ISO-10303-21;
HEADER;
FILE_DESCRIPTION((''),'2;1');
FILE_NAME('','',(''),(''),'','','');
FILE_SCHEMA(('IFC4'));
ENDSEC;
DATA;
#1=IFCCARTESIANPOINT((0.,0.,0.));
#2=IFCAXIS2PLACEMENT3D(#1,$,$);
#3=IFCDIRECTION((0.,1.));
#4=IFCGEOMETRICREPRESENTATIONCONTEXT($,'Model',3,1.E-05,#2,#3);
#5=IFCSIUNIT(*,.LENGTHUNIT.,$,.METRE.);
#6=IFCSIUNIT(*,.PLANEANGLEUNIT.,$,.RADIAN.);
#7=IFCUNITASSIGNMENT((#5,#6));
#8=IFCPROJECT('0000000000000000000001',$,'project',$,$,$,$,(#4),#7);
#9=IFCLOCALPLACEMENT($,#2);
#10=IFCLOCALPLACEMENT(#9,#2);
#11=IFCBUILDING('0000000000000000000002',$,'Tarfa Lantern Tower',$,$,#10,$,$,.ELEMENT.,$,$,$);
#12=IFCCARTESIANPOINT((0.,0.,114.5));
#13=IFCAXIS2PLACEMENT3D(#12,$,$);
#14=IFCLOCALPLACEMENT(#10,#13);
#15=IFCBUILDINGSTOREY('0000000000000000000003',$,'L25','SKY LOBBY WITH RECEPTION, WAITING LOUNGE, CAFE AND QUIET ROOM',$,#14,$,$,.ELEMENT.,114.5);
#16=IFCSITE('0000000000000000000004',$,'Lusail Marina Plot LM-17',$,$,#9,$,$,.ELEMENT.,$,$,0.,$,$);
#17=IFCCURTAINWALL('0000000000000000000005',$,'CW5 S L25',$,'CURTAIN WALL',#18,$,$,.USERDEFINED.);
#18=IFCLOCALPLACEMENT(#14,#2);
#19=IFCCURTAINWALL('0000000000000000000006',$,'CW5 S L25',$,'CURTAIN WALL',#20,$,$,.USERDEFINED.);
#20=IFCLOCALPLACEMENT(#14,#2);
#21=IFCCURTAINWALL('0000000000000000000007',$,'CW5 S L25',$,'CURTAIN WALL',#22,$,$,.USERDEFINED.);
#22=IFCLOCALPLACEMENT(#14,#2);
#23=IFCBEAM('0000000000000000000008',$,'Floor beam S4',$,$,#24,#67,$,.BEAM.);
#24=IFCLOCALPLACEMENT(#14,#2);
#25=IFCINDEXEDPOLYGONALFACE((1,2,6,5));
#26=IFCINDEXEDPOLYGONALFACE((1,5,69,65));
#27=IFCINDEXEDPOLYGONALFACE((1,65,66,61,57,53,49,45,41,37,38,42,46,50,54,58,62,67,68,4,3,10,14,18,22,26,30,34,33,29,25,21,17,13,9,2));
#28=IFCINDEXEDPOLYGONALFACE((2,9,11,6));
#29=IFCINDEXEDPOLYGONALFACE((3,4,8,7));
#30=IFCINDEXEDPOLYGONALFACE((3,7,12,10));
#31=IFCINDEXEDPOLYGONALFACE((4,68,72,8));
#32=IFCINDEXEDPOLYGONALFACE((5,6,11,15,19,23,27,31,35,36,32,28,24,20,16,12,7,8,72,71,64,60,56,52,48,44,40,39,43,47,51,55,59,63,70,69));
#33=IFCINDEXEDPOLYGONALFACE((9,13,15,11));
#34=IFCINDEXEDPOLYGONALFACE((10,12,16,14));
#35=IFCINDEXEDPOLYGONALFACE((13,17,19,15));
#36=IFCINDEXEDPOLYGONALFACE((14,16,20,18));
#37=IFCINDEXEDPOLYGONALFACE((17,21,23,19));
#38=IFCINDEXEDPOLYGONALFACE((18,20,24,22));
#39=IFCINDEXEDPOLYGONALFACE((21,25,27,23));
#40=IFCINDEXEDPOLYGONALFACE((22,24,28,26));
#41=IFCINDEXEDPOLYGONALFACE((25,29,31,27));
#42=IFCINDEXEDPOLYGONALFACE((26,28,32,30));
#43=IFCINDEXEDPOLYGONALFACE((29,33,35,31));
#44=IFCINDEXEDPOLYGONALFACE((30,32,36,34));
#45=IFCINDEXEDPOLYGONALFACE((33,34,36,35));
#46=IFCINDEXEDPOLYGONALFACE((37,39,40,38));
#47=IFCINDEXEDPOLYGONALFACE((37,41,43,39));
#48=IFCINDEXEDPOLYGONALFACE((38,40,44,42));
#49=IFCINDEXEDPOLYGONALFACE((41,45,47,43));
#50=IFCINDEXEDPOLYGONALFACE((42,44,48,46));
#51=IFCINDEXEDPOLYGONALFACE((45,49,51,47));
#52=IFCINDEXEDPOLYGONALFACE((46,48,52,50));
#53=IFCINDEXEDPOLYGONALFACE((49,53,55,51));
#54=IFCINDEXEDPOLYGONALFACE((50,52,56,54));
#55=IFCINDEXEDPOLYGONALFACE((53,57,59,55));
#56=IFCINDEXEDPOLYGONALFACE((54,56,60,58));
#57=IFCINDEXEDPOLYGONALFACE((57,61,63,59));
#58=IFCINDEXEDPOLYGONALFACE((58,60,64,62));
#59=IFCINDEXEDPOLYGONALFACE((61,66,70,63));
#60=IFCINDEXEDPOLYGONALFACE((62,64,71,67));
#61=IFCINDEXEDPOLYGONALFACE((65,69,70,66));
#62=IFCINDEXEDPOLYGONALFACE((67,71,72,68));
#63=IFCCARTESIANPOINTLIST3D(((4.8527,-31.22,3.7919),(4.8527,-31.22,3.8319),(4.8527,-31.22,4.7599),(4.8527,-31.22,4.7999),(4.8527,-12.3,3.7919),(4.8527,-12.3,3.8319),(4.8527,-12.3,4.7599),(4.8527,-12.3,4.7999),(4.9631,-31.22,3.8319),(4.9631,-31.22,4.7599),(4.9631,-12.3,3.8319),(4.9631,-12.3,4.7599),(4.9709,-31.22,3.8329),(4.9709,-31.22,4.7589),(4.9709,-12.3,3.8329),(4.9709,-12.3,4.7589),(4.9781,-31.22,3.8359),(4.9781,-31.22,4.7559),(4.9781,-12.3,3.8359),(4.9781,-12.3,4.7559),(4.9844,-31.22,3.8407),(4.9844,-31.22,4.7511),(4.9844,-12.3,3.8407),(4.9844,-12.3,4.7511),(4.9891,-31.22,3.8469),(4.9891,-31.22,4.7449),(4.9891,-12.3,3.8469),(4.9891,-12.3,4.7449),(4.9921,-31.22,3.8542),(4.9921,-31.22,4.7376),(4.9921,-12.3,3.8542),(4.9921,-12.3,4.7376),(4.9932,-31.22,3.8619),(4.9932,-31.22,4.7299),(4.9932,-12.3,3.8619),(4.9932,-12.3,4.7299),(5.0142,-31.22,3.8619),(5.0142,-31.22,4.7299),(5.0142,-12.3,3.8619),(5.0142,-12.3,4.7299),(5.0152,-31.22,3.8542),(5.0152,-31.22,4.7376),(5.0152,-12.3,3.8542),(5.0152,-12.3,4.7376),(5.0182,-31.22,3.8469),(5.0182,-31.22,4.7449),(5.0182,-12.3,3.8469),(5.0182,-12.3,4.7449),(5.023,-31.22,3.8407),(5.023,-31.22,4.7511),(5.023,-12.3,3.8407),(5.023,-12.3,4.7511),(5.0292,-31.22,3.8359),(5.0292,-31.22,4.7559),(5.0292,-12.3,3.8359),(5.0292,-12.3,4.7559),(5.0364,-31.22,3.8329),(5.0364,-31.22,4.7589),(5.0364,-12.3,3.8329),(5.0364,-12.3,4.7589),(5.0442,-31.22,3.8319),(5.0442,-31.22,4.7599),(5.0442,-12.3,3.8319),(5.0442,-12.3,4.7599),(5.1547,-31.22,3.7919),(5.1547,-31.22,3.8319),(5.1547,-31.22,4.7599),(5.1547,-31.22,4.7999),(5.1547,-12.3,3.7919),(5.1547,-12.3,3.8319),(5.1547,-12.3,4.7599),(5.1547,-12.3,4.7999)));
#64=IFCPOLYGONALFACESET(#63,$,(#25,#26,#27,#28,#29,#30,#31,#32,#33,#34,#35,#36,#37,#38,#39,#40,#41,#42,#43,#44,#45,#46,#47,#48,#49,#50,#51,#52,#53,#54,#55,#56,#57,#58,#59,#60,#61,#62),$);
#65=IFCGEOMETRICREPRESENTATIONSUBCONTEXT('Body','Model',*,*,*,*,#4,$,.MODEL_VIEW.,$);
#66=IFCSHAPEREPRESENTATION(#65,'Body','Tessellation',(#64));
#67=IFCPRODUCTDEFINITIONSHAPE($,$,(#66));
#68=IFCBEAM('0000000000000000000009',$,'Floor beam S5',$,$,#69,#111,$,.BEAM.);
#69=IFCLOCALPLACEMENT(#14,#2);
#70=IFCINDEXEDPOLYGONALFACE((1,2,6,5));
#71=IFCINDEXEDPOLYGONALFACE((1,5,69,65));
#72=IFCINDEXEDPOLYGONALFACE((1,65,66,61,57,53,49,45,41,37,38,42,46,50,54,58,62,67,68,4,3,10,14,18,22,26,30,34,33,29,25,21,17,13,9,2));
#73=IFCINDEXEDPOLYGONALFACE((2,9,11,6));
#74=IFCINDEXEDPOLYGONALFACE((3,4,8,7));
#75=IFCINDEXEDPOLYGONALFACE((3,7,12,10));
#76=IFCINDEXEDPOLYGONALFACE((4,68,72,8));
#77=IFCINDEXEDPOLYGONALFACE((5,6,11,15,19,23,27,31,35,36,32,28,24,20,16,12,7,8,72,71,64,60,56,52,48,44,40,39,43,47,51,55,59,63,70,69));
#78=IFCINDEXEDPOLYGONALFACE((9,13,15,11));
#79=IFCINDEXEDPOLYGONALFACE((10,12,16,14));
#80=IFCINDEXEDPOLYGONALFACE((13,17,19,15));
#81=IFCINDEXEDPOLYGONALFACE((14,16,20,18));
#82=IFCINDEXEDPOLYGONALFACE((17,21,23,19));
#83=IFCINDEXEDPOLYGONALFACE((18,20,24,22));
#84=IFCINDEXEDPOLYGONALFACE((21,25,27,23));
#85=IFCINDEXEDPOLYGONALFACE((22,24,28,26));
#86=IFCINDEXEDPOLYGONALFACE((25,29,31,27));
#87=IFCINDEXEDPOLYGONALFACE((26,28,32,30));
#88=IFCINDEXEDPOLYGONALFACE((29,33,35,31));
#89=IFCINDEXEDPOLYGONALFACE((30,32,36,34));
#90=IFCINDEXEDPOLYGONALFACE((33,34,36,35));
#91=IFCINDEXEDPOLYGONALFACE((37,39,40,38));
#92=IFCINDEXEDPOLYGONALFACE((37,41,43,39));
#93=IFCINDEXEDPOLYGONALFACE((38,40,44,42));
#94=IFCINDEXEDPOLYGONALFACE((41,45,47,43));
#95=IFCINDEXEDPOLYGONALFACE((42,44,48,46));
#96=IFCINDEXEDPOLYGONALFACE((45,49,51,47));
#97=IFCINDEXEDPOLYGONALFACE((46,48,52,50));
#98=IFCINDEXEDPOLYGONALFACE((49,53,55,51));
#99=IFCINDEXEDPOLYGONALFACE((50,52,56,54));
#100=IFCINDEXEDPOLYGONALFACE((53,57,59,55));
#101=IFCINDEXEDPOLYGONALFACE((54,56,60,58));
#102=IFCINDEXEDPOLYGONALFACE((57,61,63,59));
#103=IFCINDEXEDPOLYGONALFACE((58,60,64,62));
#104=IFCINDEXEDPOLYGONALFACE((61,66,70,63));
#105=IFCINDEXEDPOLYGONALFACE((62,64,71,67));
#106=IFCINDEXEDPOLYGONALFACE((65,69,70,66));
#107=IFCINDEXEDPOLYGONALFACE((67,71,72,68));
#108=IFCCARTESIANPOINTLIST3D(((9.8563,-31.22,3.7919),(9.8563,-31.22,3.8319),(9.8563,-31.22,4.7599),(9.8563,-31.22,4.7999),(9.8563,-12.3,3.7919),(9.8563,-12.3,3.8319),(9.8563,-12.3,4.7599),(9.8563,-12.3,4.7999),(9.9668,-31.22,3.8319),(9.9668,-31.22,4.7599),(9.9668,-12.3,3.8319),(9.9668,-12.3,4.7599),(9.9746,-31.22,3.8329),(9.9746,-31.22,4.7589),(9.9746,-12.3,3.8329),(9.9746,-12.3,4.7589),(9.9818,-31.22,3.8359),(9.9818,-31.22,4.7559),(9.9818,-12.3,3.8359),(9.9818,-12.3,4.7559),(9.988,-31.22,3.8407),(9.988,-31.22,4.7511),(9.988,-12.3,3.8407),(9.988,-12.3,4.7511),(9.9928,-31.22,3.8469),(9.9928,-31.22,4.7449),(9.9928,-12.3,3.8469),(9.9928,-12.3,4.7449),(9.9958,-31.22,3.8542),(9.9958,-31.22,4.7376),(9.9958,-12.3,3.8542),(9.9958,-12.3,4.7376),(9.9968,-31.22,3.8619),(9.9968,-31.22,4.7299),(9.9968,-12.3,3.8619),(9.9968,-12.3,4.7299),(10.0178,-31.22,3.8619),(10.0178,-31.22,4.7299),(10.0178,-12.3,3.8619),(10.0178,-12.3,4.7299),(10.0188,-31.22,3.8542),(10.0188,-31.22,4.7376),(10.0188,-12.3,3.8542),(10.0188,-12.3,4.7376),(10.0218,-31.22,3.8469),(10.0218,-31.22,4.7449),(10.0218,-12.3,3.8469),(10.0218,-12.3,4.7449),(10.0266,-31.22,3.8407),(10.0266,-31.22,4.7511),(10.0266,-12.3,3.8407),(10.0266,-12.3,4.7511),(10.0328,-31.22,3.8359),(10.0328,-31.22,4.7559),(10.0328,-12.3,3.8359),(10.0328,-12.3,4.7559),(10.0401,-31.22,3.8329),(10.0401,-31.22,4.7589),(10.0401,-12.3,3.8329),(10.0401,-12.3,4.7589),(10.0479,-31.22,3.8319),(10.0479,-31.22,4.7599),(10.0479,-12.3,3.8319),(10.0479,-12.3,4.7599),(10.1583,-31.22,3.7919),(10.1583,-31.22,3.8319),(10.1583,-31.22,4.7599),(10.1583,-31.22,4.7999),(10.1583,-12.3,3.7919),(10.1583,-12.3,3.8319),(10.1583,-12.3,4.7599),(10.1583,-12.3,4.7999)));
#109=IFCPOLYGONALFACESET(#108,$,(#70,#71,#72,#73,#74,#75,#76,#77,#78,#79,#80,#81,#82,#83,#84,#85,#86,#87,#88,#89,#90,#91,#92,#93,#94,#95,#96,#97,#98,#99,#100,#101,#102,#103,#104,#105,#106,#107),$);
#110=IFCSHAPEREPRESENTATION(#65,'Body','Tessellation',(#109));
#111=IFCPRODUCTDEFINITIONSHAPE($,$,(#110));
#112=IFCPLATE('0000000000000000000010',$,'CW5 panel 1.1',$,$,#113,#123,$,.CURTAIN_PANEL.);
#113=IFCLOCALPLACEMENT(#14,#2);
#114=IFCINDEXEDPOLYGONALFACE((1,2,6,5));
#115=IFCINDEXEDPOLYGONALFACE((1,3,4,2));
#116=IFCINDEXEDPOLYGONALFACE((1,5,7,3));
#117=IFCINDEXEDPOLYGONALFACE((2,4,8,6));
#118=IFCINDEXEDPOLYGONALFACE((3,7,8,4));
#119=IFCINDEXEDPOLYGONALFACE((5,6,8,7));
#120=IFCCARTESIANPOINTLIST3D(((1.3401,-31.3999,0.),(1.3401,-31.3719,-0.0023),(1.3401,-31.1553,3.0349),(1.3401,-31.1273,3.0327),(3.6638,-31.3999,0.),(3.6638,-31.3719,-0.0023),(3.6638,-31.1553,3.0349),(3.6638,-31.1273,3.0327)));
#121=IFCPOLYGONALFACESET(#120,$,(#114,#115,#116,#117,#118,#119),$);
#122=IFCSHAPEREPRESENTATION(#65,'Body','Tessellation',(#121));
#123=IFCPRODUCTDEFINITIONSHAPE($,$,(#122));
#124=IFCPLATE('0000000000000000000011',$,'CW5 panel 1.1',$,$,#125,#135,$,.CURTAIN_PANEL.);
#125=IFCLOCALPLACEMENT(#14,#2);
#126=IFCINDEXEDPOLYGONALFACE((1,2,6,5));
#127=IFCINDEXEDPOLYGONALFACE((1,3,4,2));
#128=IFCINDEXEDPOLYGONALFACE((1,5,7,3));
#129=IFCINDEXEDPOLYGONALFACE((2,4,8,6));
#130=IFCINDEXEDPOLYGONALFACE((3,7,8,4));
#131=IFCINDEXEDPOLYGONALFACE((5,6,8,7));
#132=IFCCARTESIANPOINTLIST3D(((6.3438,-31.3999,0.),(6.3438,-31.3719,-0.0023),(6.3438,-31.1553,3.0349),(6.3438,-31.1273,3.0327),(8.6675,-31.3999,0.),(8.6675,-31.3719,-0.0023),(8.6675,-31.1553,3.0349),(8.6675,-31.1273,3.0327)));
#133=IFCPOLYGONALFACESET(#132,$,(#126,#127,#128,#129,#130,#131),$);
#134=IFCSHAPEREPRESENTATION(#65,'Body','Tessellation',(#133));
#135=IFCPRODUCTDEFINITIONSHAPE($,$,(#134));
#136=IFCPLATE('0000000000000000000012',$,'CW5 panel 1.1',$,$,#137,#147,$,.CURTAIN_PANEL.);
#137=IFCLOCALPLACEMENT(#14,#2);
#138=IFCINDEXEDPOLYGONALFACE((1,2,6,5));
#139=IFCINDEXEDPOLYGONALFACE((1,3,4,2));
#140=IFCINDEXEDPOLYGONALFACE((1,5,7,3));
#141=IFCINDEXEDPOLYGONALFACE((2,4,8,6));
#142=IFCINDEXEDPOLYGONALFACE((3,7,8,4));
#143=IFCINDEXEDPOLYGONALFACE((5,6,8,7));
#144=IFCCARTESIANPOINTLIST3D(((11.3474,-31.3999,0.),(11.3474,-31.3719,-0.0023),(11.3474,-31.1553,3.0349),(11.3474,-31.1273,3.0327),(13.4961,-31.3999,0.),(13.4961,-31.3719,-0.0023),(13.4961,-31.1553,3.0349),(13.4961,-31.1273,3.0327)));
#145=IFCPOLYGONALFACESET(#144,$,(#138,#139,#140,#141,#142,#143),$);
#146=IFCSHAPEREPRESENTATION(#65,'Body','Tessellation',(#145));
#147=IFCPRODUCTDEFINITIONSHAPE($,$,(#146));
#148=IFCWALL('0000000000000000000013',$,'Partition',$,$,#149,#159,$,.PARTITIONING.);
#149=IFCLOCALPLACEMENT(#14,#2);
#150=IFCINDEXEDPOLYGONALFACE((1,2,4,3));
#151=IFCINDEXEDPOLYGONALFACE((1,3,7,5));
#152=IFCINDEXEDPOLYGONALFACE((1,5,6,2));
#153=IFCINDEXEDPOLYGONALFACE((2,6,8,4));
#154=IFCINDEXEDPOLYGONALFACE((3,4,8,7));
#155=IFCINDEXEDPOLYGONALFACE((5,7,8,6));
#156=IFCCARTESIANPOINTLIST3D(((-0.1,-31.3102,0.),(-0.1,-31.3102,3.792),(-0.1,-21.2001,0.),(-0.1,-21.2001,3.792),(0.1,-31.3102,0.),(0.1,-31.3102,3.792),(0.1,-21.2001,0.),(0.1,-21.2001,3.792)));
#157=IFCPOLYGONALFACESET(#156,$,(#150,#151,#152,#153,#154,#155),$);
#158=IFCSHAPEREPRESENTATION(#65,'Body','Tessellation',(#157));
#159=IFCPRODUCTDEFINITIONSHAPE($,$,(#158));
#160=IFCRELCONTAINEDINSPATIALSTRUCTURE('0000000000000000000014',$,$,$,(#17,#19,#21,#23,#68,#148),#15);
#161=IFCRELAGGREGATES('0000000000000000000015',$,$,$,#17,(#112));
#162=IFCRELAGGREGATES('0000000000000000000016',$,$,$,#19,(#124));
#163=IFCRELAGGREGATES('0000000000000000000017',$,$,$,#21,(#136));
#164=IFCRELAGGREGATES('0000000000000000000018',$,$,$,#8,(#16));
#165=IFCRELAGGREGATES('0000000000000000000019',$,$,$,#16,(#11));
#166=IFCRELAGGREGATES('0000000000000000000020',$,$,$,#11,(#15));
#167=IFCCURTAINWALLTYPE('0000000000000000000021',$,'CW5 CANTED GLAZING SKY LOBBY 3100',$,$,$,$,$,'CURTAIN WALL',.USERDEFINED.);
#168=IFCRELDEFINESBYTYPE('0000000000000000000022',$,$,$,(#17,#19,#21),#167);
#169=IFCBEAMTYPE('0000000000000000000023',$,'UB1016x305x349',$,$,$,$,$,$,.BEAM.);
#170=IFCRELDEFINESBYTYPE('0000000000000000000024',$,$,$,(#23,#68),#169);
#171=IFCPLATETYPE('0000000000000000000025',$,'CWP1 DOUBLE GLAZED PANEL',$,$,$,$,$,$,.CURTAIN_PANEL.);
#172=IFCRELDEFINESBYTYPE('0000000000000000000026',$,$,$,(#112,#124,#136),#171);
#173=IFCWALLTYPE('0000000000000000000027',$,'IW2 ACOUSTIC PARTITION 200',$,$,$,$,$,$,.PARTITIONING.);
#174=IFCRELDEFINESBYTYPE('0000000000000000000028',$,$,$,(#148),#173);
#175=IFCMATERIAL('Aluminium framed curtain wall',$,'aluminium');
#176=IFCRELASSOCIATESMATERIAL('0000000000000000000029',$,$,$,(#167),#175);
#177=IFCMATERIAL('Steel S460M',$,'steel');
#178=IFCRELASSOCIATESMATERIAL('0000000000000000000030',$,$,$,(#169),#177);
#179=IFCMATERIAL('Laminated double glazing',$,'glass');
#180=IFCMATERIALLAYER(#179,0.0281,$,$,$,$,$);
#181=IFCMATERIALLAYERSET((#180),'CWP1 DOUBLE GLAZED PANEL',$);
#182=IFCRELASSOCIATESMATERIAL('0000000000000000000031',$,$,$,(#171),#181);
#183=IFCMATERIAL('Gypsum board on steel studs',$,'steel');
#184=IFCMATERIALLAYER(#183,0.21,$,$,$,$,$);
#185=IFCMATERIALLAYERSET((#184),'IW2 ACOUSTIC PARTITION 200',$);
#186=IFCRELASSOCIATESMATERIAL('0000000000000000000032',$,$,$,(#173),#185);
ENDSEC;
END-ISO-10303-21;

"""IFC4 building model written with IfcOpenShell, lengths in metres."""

from ifc_helpers import new_model, si_unit, direction, frame, frame_2d, origin, origin_2d, place, context, subcontext, project, spatial, polyline, rectangle, i_section, outline, extrude, material, layer, layer_set, material_profile, profile_set, type_object, element, aggregate, save


model = new_model("IFC4")

# Units and contexts
model_context = context("Model", 3, precision=1e-05, world=origin(), true_north=direction((0.0, 1.0)))
body_context = subcontext(model_context, "Body", "Model", "MODEL_VIEW")
ifc_project = project(units=[si_unit("LENGTHUNIT", "METRE"), si_unit("PLANEANGLEUNIT", "RADIAN")], contexts=[model_context])

# Site, building, storey
site_placement = place(None, origin())
site = spatial("IfcSite", under=ifc_project, at=site_placement, Name="Lusail Marina Plot LM-17", CompositionType="ELEMENT", RefElevation=0.0)
building_placement = place(site_placement, origin())
building = spatial("IfcBuilding", under=site, at=building_placement, Name="Tarfa Lantern Tower", CompositionType="ELEMENT")
storey_placement = place(building_placement, frame((0.0, 0.0, 114.5)))
storey = spatial("IfcBuildingStorey", under=building, at=storey_placement, Name="L25", Description="SKY LOBBY WITH RECEPTION, WAITING LOUNGE, CAFE AND QUIET ROOM", CompositionType="ELEMENT", Elevation=114.5)

# Curtain walls
ifc_material_1 = material(Name="Aluminium framed curtain wall", Category="aluminium")
curtain_wall_type = type_object("IfcCurtainWallType", Name="CW5 CANTED GLAZING SKY LOBBY 3100", ElementType="CURTAIN WALL", PredefinedType="USERDEFINED", material=ifc_material_1)
curtain_wall_1_placement = place(storey_placement, origin())
curtain_wall_1 = element("IfcCurtainWall", 1, at=curtain_wall_1_placement, inside=storey, type_object=curtain_wall_type, Name="CW5 S L25", ObjectType="CURTAIN WALL", PredefinedType="USERDEFINED")
curtain_wall_2_placement = place(storey_placement, origin())
curtain_wall_2 = element("IfcCurtainWall", 2, at=curtain_wall_2_placement, inside=storey, type_object=curtain_wall_type, Name="CW5 S L25", ObjectType="CURTAIN WALL", PredefinedType="USERDEFINED")

# Curtain wall
curtain_wall_3_placement = place(storey_placement, origin())
curtain_wall_3 = element("IfcCurtainWall", 3, at=curtain_wall_3_placement, inside=storey, type_object=curtain_wall_type, Name="CW5 S L25", ObjectType="CURTAIN WALL", PredefinedType="USERDEFINED")

# Beams
ifc_material_2 = material(Name="Steel S460M", Category="steel")
ifc_material_profile_1 = material_profile(ifc_material_2, i_section(OverallWidth=0.302, OverallDepth=1.0081, WebThickness=0.021, FlangeThickness=0.04, FilletRadius=0.03, at=origin_2d()), Name="UB1016x305x349")
ifc_profile_set_1 = profile_set([ifc_material_profile_1], Name="Steel S460M")
beam_type_1 = type_object("IfcBeamType", Name="UB1016x305x349", PredefinedType="BEAM", material=ifc_profile_set_1)
for number, where, z_axis, x_axis, name in (
    (4, (5.0037, -31.22, 4.2959), (0.0, 1.0, 0.0), (-1.0, 0.0, 0.0), "Floor beam S4"),
    (5, (10.0073, -31.22, 4.2959), (0.0, 1.0, 0.0), (-1.0, 0.0, 0.0), "Floor beam S5"),
):
    element("IfcBeam", number, at=place(storey_placement, frame(where, z_axis=z_axis, x_axis=x_axis)), inside=storey, type_object=beam_type_1, Name=name, PredefinedType="BEAM", context=body_context, shape_type="SweptSolid", body=[
        extrude(i_section(OverallWidth=0.302, OverallDepth=1.0081, WebThickness=0.021, FlangeThickness=0.04, FilletRadius=0.03, at=origin_2d()), origin(), (0.0, 0.0, 1.0), 18.9199),
    ])

# Plates
ifc_material_3 = material(Name="Laminated double glazing", Category="glass")
ifc_layer_1 = layer(ifc_material_3, 0.0281)
ifc_layer_set_1 = layer_set([ifc_layer_1], Name="CWP1 DOUBLE GLAZED PANEL")
plate_type = type_object("IfcPlateType", Name="CWP1 DOUBLE GLAZED PANEL", PredefinedType="CURTAIN_PANEL", material=ifc_layer_set_1)
plate_1_placement = place(storey_placement, frame((1.3401, -31.3999, 0.0), z_axis=(0.0, -0.996767, 0.080344), x_axis=(1.0, 0.0, 0.0)))
plate_1 = element("IfcPlate", 6, at=plate_1_placement, type_object=plate_type, Name="CW5 panel 1.1", PredefinedType="CURTAIN_PANEL", context=body_context, shape_type="SweptSolid", body=[
    extrude(outline(polyline([(0.0, 0.0), (2.3237, 0.0), (2.3237, 3.0448), (0.0, 3.0448), (0.0, 0.0)])), origin(), (0.0, 0.0, -1.0), 0.0281),
])
aggregate(curtain_wall_1, [plate_1])
plate_2_placement = place(storey_placement, frame((6.3438, -31.3999, 0.0), z_axis=(0.0, -0.996767, 0.080344), x_axis=(1.0, 0.0, 0.0)))
plate_2 = element("IfcPlate", 7, at=plate_2_placement, type_object=plate_type, Name="CW5 panel 1.1", PredefinedType="CURTAIN_PANEL", context=body_context, shape_type="SweptSolid", body=[
    extrude(outline(polyline([(0.0, 0.0), (2.3237, 0.0), (2.3237, 3.0448), (0.0, 3.0448), (0.0, 0.0)])), origin(), (0.0, 0.0, -1.0), 0.0281),
])
aggregate(curtain_wall_2, [plate_2])
plate_3_placement = place(storey_placement, frame((11.3474, -31.3999, 0.0), z_axis=(0.0, -0.996767, 0.080344), x_axis=(1.0, 0.0, 0.0)))
plate_3 = element("IfcPlate", 8, at=plate_3_placement, type_object=plate_type, Name="CW5 panel 1.1", PredefinedType="CURTAIN_PANEL", context=body_context, shape_type="SweptSolid", body=[
    extrude(outline(polyline([(0.0, 0.0), (2.1487, 0.0), (2.1487, 3.0448), (0.0, 3.0448), (0.0, 0.0)])), origin(), (0.0, 0.0, -1.0), 0.0281),
])
aggregate(curtain_wall_3, [plate_3])

# Wall
ifc_material_4 = material(Name="Gypsum board on steel studs", Category="steel")
ifc_layer_2 = layer(ifc_material_4, 0.21)
ifc_layer_set_2 = layer_set([ifc_layer_2], Name="IW2 ACOUSTIC PARTITION 200")
wall_type = type_object("IfcWallType", Name="IW2 ACOUSTIC PARTITION 200", PredefinedType="PARTITIONING", material=ifc_layer_set_2)
wall_placement = place(storey_placement, frame((0.0, -21.2, 0.0), z_axis=(0.0, 0.0, 1.0), x_axis=(0.0, -1.0, 0.0)))
element("IfcWall", 9, at=wall_placement, inside=storey, type_object=wall_type, Name="Partition", PredefinedType="PARTITIONING", context=body_context, shape_type="SweptSolid", body=[
    extrude(rectangle(XDim=10.1101, YDim=0.2, at=frame_2d((5.0552, 0.0))), origin(), (0.0, 0.0, 1.0), 3.792),
])

save(model, "model.ifc")
